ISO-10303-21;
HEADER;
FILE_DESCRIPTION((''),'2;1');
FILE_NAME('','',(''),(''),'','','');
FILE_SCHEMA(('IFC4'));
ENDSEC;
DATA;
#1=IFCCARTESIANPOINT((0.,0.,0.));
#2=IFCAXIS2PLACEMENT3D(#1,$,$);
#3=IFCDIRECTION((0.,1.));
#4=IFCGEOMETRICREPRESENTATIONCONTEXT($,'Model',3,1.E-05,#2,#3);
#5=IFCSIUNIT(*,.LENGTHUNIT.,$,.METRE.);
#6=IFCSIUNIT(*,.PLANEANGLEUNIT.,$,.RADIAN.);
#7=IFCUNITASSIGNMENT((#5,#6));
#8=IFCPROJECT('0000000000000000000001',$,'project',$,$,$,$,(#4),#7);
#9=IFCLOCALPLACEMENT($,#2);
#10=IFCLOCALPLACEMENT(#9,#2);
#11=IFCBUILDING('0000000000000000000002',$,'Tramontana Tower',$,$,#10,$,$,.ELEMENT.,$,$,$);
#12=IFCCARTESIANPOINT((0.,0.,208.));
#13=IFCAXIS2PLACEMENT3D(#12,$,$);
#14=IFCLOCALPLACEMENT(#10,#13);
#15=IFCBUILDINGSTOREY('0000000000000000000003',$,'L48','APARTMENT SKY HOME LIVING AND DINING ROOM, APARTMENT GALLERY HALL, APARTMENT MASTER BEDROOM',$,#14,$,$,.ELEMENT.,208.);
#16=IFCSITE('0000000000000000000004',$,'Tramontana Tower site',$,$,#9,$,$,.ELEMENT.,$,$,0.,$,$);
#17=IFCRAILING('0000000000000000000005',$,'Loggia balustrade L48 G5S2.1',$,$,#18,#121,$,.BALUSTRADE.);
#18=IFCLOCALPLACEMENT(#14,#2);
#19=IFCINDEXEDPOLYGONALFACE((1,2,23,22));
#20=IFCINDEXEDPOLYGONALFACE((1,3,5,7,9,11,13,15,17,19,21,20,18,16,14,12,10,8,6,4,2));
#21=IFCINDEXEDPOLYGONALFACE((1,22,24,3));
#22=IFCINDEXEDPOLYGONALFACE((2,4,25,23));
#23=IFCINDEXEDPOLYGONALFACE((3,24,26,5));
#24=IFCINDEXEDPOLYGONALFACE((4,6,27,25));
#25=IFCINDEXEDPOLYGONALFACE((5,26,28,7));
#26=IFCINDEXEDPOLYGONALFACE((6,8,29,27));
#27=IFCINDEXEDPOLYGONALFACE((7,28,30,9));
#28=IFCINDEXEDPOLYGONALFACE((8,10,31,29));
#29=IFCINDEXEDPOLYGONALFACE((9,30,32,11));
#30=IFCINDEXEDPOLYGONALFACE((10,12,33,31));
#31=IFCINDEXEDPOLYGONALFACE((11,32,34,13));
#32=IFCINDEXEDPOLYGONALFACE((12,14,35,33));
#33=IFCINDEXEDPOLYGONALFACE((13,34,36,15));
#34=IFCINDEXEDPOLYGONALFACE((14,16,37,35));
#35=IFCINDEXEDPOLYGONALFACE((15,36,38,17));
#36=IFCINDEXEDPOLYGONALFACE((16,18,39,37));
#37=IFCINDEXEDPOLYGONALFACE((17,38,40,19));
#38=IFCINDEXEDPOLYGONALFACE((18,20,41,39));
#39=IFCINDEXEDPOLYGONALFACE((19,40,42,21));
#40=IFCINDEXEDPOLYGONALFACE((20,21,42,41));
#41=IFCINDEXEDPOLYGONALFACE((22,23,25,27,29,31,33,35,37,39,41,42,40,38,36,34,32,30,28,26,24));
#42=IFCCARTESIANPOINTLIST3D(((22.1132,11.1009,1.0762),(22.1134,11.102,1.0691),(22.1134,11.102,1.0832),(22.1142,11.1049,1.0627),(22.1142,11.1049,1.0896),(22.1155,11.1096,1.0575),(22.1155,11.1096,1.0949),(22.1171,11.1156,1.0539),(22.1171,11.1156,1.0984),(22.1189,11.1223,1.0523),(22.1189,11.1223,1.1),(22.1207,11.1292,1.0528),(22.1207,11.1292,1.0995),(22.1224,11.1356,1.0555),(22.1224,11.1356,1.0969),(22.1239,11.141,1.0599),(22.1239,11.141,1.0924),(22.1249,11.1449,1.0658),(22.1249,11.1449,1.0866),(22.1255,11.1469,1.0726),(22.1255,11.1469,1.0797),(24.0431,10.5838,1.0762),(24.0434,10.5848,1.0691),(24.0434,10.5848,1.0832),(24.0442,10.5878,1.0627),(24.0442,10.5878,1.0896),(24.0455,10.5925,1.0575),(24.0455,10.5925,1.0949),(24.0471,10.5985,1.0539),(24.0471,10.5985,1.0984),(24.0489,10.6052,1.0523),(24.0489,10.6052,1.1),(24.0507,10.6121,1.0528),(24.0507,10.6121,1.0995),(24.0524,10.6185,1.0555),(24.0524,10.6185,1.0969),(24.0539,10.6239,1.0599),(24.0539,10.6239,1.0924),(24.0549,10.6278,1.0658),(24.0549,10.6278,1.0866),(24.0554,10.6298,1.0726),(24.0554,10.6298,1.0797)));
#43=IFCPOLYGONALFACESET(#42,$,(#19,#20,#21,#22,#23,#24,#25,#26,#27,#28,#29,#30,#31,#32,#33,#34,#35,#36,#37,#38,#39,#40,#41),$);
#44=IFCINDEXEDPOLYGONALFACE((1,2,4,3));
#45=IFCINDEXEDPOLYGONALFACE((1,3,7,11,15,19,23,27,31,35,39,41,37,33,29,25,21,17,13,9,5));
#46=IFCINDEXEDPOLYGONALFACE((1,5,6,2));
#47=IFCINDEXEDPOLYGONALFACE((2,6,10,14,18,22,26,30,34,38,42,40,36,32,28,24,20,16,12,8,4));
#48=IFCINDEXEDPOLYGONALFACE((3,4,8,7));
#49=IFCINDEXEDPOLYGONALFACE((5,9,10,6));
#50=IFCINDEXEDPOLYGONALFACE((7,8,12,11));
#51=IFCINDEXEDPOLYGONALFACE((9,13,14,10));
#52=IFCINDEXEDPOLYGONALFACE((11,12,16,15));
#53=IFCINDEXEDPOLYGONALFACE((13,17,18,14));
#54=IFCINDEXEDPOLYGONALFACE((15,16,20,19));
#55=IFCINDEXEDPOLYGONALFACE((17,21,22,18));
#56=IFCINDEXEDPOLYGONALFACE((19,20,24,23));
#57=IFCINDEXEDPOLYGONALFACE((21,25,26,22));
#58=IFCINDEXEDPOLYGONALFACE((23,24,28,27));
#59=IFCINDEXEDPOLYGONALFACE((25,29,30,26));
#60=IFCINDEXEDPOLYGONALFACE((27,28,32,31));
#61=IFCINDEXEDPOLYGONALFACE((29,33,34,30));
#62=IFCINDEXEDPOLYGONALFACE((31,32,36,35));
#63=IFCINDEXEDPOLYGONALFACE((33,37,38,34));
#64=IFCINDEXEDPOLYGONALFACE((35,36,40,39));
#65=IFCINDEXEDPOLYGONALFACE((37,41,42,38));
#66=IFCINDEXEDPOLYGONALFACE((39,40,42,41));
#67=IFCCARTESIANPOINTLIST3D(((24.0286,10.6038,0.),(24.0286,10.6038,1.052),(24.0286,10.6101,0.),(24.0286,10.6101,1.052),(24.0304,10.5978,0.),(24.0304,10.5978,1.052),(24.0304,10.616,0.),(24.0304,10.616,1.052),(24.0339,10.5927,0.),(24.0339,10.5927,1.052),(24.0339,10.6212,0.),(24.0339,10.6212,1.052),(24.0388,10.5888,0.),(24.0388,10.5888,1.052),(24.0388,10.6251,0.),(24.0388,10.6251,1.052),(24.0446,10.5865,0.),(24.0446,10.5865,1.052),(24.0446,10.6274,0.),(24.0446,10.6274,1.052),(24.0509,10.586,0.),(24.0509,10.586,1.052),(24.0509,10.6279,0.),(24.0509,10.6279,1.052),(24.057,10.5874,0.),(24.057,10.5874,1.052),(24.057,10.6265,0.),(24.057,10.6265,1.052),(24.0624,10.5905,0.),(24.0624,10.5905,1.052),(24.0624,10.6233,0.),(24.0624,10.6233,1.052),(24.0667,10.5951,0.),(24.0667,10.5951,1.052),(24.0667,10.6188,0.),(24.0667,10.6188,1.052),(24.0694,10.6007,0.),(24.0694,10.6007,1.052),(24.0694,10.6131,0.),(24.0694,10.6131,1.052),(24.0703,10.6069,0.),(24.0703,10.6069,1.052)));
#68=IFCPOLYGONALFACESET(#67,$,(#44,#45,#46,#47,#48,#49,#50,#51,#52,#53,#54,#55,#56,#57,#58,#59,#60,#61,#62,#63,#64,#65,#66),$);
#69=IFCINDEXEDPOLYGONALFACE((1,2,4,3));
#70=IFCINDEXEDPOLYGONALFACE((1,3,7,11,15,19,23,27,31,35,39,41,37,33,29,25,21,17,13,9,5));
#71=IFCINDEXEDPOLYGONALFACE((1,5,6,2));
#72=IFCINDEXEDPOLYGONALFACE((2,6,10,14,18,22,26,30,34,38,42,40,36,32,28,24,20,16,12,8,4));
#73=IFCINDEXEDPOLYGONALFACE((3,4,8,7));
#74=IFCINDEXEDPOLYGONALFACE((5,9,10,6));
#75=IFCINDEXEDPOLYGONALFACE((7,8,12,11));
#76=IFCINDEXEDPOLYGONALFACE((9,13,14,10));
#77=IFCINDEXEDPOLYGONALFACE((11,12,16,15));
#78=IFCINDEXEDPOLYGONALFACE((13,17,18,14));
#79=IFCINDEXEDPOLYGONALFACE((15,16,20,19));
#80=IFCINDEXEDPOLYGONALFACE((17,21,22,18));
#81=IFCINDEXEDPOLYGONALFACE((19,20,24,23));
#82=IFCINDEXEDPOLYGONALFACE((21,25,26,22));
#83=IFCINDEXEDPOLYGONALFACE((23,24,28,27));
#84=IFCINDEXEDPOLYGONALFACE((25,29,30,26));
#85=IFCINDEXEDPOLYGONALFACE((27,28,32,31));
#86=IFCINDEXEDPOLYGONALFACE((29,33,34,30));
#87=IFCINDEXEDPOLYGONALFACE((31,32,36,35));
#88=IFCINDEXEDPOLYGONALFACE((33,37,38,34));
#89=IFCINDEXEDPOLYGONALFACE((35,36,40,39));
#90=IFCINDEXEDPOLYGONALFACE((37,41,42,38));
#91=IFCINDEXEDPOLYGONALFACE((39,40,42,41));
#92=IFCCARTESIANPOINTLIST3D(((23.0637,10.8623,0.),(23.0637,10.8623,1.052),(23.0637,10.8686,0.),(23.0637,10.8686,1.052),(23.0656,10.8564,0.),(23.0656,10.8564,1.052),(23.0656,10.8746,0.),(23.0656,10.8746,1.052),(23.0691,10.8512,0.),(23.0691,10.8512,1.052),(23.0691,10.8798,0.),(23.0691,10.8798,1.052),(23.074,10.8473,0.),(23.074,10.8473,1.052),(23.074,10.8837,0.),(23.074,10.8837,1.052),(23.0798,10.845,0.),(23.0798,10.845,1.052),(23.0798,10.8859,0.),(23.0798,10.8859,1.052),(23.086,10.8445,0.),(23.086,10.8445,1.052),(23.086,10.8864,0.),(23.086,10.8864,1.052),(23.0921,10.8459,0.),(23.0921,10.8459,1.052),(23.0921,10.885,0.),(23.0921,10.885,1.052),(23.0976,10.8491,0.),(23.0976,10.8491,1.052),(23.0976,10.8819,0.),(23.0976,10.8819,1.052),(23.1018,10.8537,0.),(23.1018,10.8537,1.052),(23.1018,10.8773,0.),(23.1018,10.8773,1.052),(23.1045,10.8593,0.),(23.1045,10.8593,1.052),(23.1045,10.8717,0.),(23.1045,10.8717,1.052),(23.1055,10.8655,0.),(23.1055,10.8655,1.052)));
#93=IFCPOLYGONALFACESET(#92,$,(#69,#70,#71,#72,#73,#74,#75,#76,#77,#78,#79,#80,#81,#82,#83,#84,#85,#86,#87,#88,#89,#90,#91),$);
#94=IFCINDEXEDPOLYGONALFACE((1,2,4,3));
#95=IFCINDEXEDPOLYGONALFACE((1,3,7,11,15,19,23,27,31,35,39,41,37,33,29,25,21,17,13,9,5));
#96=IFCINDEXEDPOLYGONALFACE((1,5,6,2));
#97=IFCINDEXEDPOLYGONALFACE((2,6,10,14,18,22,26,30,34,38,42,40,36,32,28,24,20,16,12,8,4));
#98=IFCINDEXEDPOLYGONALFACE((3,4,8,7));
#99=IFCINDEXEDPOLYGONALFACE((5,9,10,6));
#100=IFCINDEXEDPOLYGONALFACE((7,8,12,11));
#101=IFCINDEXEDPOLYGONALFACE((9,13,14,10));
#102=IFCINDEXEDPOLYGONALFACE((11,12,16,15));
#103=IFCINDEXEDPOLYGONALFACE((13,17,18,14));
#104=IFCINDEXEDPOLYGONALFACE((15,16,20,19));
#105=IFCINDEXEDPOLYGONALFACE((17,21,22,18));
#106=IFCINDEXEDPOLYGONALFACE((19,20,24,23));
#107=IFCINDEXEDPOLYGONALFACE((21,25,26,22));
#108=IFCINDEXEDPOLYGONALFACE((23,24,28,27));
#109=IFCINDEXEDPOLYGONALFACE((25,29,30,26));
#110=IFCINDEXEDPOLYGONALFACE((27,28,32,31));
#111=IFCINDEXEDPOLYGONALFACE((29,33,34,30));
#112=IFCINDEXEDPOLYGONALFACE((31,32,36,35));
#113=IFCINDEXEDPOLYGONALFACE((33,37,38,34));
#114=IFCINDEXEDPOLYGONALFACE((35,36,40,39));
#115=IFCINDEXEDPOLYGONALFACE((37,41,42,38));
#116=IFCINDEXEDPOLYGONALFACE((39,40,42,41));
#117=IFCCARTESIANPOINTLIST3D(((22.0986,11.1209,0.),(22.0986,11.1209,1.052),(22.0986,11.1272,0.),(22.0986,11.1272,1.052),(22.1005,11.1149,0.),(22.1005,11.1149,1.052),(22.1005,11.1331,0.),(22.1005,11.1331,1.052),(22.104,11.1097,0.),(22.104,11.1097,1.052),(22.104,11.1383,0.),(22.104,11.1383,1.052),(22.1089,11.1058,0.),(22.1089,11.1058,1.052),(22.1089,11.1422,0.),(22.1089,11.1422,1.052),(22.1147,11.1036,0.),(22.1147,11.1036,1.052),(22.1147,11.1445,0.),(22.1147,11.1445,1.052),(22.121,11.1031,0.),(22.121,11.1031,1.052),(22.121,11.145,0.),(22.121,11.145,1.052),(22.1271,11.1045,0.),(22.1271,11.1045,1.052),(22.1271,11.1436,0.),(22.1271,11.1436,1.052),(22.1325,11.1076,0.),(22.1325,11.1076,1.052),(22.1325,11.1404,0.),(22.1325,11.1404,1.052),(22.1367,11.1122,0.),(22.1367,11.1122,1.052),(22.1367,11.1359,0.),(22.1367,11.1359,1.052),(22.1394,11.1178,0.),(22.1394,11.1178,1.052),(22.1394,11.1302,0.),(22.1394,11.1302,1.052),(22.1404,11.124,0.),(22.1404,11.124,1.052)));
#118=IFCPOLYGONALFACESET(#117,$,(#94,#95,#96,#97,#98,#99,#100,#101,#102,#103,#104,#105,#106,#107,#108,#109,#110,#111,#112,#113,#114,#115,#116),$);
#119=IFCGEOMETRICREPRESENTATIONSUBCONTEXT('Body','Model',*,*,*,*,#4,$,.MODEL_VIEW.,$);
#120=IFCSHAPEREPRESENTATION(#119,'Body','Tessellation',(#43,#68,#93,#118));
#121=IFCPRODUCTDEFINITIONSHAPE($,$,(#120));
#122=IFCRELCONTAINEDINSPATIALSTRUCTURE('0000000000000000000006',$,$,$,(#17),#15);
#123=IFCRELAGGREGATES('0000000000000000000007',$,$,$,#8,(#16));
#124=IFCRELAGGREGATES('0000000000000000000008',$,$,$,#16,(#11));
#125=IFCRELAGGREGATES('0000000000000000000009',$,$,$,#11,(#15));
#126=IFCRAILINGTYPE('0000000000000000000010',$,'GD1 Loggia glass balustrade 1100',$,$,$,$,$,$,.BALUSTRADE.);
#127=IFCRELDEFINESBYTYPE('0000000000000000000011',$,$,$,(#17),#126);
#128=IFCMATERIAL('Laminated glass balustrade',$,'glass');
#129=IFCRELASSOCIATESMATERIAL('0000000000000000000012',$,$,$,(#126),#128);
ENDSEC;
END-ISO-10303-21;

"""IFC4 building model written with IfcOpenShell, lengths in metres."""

from ifc_helpers import new_model, si_unit, direction, frame, origin, origin_2d, place, context, subcontext, project, spatial, circle, extrude, material, type_object, element, save


model = new_model("IFC4")

# Units and contexts
model_context = context("Model", 3, precision=1e-05, world=origin(), true_north=direction((0.0, 1.0)))
body_context = subcontext(model_context, "Body", "Model", "MODEL_VIEW")
ifc_project = project(units=[si_unit("LENGTHUNIT", "METRE"), si_unit("PLANEANGLEUNIT", "RADIAN")], contexts=[model_context])

# Site, building, storey
site_placement = place(None, origin())
site = spatial("IfcSite", under=ifc_project, at=site_placement, Name="Tramontana Tower site", CompositionType="ELEMENT", RefElevation=0.0)
building_placement = place(site_placement, origin())
building = spatial("IfcBuilding", under=site, at=building_placement, Name="Tramontana Tower", CompositionType="ELEMENT")
storey_placement = place(building_placement, frame((0.0, 0.0, 208.0)))
storey = spatial("IfcBuildingStorey", under=building, at=storey_placement, Name="L48", Description="APARTMENT SKY HOME LIVING AND DINING ROOM, APARTMENT GALLERY HALL, APARTMENT MASTER BEDROOM", CompositionType="ELEMENT", Elevation=208.0)

# Railing
ifc_material_1 = material(Name="Laminated glass balustrade", Category="glass")
railing_type = type_object("IfcRailingType", Name="GD1 Loggia glass balustrade 1100", PredefinedType="BALUSTRADE", material=ifc_material_1)
railing_1_placement = place(storey_placement, frame((24.0493, 10.6069, 0.0)))
element("IfcRailing", 1, at=railing_1_placement, inside=storey, type_object=railing_type, Name="Loggia balustrade L48 G5S2.1", PredefinedType="BALUSTRADE", context=body_context, shape_type="SweptSolid", body=[
    extrude(circle(Radius=0.0239, at=origin_2d()), frame((0.0, 0.0, 1.0762), z_axis=(-0.96593, 0.258803, 0.0), x_axis=(-0.258803, -0.96593, 0.0)), (0.0, 0.0, 1.0), 1.998),
    extrude(circle(Radius=0.021, at=origin_2d()), origin(), (0.0, 0.0, 1.0), 1.052),
    extrude(circle(Radius=0.021, at=origin_2d()), frame((-0.9648, 0.2585, 0.0)), (0.0, 0.0, 1.0), 1.052),
    extrude(circle(Radius=0.021, at=origin_2d()), frame((-1.9299, 0.5171, 0.0)), (0.0, 0.0, 1.0), 1.052),
])

save(model, "model.ifc")
